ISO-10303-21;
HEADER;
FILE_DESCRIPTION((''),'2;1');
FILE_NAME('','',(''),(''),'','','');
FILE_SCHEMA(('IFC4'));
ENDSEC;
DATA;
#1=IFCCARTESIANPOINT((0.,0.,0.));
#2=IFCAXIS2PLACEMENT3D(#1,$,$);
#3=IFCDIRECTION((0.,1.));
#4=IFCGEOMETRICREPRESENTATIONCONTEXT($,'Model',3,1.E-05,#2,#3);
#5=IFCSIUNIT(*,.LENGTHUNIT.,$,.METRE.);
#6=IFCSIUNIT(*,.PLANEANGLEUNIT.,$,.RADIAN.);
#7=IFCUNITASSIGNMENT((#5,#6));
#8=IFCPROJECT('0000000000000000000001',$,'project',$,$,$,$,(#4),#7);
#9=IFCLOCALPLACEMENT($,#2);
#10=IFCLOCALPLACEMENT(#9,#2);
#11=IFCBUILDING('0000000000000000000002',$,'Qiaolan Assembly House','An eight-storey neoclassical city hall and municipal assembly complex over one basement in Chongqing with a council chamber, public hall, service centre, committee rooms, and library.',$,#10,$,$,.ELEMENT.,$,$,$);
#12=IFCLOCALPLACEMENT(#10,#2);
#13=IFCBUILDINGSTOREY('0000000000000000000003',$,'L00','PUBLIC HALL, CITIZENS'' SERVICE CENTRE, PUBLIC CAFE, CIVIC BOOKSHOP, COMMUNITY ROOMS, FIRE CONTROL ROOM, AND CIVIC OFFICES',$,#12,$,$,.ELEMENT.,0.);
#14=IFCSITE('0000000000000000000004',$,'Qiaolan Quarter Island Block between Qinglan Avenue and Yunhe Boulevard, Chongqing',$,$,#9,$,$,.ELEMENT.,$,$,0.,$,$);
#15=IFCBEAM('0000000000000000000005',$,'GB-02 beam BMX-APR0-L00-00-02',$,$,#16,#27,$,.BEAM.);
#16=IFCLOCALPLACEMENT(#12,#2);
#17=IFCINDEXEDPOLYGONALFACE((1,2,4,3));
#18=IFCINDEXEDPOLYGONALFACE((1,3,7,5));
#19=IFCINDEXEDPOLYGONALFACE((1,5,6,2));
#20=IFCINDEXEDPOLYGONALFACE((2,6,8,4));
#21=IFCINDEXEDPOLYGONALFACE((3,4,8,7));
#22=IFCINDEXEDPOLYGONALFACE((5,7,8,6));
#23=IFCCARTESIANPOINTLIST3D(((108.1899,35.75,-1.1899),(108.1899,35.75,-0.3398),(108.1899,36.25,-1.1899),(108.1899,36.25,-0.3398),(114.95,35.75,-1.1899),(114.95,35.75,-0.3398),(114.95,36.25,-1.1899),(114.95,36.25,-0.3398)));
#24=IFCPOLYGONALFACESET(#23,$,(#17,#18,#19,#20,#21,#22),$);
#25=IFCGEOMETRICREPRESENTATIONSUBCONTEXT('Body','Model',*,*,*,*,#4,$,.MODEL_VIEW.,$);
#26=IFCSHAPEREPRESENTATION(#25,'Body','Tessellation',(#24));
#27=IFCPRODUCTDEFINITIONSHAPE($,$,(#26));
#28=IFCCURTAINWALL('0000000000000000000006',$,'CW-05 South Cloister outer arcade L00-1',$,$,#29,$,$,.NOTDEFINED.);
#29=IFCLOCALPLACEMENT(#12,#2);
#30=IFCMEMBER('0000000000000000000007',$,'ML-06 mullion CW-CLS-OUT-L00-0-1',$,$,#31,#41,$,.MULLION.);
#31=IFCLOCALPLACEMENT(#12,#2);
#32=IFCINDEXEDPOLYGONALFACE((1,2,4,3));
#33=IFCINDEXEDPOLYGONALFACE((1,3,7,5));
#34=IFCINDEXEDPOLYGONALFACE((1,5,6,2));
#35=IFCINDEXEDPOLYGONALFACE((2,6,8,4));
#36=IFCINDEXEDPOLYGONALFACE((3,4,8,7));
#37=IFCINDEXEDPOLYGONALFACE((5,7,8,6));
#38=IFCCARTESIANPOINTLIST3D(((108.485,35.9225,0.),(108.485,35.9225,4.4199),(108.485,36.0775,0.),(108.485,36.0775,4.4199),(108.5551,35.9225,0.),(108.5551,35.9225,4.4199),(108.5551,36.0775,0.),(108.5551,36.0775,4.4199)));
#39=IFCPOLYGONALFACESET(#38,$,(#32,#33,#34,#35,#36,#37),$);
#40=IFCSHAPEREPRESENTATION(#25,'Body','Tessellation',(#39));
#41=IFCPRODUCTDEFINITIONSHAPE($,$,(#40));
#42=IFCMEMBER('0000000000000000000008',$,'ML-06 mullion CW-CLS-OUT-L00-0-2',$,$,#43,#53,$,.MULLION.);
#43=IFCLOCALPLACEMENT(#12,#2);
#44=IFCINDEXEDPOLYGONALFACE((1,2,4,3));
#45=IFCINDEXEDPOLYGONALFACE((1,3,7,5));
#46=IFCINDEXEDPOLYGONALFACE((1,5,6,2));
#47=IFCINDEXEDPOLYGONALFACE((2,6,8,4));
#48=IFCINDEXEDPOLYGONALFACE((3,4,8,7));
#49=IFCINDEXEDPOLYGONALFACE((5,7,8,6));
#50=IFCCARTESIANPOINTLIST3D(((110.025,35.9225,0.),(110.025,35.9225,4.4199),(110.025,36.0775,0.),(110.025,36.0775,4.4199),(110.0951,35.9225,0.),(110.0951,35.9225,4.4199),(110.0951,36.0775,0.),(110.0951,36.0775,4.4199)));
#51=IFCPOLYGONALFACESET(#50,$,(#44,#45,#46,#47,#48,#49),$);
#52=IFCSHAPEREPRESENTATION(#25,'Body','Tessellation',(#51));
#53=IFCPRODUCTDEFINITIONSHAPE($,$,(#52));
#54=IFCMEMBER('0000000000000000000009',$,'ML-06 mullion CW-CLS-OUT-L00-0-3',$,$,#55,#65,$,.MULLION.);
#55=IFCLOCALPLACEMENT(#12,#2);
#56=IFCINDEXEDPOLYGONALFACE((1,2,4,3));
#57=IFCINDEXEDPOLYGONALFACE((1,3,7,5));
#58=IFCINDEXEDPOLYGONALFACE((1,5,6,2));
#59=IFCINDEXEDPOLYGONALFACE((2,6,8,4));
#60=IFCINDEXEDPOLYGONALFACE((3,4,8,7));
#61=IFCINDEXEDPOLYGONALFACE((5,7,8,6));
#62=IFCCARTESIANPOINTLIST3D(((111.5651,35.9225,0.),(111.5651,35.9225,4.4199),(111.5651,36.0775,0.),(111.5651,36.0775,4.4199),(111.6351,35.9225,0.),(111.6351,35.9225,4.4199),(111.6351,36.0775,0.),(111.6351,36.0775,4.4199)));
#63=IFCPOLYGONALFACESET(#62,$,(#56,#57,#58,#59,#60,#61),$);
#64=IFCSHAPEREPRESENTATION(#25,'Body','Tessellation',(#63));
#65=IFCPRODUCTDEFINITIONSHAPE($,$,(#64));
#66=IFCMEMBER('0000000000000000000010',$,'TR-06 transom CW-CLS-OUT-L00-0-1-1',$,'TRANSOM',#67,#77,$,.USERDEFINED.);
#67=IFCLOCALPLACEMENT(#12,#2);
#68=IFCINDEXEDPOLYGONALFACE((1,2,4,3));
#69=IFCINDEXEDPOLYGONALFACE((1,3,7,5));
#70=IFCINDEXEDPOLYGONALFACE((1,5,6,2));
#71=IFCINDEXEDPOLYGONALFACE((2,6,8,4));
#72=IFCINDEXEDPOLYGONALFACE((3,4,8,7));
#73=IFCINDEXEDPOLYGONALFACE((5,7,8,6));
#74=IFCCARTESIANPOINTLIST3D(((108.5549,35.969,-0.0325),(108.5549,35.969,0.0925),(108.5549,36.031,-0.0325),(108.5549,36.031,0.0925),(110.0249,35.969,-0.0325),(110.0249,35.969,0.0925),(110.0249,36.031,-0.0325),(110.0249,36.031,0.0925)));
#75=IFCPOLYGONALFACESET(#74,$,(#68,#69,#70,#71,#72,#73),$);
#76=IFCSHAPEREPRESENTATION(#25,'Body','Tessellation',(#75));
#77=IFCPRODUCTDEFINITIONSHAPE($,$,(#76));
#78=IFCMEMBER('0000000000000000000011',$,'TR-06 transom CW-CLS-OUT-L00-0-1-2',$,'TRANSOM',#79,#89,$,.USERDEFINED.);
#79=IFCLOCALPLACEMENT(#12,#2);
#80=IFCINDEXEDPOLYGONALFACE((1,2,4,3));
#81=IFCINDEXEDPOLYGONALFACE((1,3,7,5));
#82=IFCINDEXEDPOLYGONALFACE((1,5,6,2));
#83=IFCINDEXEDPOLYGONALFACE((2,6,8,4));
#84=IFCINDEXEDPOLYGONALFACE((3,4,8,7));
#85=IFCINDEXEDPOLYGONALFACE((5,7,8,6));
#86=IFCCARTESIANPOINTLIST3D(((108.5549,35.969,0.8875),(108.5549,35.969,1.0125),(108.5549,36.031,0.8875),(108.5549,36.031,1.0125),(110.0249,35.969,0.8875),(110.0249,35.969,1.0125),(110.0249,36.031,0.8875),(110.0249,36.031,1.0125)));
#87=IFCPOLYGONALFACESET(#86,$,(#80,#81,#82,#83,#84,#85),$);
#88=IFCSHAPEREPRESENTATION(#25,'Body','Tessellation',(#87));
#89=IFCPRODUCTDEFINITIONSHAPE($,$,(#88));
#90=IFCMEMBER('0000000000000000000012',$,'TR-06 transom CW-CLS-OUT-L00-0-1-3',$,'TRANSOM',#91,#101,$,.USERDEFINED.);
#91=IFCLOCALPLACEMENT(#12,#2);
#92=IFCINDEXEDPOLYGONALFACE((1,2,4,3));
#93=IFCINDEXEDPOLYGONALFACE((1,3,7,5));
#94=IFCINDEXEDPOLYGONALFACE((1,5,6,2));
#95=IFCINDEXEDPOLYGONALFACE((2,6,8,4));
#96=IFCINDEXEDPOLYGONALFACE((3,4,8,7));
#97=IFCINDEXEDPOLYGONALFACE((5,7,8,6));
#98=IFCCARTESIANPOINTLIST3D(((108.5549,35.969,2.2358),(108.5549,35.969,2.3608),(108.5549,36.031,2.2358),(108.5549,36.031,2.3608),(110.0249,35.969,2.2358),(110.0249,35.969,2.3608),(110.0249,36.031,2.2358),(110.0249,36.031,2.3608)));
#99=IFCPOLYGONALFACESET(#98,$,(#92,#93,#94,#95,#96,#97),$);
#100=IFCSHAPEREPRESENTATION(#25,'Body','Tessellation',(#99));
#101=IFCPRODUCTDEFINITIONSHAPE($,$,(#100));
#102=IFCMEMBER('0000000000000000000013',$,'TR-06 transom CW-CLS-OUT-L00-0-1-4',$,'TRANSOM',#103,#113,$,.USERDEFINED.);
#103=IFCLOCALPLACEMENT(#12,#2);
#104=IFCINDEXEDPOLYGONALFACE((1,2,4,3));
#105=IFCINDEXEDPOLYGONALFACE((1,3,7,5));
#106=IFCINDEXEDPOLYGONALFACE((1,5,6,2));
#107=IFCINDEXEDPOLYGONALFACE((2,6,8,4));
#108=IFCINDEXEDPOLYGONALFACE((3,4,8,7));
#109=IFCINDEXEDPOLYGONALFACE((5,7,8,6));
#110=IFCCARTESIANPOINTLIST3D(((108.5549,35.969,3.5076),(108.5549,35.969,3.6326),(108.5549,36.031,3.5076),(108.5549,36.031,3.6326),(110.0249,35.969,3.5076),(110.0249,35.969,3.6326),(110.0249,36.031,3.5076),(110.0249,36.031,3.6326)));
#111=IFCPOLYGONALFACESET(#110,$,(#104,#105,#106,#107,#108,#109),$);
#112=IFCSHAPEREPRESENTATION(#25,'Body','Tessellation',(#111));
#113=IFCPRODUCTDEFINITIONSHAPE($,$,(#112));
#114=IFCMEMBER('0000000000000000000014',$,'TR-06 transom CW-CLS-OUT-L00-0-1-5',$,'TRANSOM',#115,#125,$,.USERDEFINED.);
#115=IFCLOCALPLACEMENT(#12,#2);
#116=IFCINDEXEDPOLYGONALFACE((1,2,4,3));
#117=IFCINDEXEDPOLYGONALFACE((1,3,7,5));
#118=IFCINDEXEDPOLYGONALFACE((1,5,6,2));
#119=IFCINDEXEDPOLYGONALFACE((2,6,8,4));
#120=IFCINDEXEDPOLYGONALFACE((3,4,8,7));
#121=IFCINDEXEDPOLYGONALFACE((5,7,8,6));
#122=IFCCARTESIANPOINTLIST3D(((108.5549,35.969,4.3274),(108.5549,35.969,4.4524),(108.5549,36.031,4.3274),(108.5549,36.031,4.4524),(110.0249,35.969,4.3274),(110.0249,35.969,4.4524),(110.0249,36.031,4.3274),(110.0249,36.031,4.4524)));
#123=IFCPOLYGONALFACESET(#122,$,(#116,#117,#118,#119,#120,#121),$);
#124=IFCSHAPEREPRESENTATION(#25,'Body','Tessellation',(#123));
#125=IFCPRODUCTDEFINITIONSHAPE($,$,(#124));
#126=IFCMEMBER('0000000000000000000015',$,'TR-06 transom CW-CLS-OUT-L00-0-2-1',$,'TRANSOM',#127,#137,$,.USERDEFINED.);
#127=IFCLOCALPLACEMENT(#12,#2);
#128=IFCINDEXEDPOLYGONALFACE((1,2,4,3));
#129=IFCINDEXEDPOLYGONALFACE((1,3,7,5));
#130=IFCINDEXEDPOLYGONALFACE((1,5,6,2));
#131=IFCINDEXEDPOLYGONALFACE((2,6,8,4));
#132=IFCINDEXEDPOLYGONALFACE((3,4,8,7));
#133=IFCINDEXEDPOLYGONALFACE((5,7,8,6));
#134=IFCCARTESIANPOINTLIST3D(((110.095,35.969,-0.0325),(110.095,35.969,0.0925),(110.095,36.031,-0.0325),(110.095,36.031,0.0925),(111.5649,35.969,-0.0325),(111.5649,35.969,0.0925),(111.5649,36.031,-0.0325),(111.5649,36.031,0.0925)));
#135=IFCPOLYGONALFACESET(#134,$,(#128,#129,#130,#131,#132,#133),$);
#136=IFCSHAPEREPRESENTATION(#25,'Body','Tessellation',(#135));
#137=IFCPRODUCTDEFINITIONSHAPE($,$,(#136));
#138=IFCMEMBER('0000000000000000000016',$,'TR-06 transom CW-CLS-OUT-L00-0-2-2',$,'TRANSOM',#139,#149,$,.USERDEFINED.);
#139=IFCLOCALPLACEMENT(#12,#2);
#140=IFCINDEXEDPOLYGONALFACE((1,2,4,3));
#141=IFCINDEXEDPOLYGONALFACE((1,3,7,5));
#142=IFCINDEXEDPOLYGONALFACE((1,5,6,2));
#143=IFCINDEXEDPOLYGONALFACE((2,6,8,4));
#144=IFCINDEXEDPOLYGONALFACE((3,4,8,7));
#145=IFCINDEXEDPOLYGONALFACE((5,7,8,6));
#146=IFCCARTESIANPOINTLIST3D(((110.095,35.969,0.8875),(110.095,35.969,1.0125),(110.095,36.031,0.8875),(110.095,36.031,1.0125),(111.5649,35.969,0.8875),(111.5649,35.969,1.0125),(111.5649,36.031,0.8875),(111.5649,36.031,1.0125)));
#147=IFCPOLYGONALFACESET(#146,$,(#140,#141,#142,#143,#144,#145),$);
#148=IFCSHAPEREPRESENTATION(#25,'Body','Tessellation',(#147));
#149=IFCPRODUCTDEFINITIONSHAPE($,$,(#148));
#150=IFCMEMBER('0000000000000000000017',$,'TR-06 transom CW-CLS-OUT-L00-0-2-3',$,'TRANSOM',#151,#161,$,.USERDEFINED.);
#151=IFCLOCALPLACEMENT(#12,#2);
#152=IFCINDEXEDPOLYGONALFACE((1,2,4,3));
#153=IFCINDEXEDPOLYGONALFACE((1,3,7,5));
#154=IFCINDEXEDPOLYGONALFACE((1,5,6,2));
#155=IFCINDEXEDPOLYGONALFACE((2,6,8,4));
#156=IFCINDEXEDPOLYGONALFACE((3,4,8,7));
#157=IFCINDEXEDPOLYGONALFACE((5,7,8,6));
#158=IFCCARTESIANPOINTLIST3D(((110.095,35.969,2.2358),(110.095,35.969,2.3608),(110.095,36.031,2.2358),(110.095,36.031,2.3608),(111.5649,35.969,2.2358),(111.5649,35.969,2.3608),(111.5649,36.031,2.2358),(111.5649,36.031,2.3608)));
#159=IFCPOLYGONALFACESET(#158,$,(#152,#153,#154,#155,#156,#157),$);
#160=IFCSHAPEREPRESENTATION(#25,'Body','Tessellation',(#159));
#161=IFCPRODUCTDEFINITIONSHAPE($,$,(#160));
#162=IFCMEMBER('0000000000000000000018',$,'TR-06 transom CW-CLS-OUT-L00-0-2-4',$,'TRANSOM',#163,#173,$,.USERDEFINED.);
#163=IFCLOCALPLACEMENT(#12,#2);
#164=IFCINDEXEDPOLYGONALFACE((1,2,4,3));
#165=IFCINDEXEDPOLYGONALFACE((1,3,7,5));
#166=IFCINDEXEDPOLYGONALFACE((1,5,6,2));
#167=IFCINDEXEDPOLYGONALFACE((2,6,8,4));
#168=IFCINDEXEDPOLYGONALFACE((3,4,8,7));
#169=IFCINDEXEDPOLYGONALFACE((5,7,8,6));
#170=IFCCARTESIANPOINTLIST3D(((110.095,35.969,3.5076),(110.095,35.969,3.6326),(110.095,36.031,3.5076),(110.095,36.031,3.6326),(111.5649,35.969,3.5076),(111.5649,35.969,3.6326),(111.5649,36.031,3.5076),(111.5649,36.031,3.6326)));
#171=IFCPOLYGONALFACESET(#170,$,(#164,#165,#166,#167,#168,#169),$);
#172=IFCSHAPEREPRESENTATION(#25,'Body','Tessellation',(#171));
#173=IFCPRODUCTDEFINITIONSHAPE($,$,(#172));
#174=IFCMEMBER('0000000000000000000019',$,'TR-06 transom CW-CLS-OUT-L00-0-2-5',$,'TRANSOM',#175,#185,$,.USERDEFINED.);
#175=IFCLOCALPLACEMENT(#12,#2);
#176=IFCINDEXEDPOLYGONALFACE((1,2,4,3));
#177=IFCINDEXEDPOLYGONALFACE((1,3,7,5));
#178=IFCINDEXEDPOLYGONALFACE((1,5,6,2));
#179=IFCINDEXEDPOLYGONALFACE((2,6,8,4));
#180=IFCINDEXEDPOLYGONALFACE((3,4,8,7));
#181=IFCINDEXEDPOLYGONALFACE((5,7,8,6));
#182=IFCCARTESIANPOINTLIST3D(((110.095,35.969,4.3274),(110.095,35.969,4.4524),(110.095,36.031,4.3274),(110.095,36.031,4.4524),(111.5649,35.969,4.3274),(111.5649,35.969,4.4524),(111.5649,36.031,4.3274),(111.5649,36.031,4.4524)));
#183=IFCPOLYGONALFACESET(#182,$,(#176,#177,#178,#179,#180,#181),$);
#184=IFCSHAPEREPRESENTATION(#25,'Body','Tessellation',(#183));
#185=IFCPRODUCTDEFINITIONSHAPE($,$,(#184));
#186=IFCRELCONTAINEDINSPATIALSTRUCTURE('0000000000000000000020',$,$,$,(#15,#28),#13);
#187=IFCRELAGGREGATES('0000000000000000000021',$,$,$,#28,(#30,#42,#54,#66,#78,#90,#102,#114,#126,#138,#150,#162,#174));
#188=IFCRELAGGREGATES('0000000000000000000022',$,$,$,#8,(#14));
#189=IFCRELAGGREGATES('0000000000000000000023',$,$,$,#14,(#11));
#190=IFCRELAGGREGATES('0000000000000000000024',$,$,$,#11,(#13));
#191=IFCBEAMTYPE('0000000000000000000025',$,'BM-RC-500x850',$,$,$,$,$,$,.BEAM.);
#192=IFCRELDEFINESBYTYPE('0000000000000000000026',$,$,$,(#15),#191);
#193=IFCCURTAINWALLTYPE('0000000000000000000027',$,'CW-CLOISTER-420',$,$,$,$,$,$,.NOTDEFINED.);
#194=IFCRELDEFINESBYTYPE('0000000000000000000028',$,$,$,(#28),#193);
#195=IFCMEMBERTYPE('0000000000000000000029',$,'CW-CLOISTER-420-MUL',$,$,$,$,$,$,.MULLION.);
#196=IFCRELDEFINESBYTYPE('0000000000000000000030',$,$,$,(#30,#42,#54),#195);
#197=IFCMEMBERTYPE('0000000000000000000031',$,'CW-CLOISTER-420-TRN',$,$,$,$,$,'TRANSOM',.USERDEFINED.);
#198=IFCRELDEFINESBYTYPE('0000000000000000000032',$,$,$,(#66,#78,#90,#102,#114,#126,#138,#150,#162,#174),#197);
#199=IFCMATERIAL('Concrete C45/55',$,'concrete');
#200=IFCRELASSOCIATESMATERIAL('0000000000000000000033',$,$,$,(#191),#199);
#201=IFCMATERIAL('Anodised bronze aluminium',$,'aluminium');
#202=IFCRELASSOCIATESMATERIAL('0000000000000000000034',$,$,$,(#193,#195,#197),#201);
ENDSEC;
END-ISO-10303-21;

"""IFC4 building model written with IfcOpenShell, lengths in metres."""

from ifc_helpers import new_model, si_unit, direction, frame, origin, origin_2d, place, context, subcontext, project, spatial, rectangle, extrude, material, material_profile, profile_set, type_object, element, aggregate, save


model = new_model("IFC4")

# Units and contexts
model_context = context("Model", 3, precision=1e-05, world=origin(), true_north=direction((0.0, 1.0)))
body_context = subcontext(model_context, "Body", "Model", "MODEL_VIEW")
ifc_project = project(units=[si_unit("LENGTHUNIT", "METRE"), si_unit("PLANEANGLEUNIT", "RADIAN")], contexts=[model_context])

# Site, building, storey
site_placement = place(None, origin())
site = spatial("IfcSite", under=ifc_project, at=site_placement, Name="Qiaolan Quarter Island Block between Qinglan Avenue and Yunhe Boulevard, Chongqing", CompositionType="ELEMENT", RefElevation=0.0)
building_placement = place(site_placement, origin())
building = spatial("IfcBuilding", under=site, at=building_placement, Name="Qiaolan Assembly House", Description="An eight-storey neoclassical city hall and municipal assembly complex over one basement in Chongqing with a council chamber, public hall, service centre, committee rooms, and library.", CompositionType="ELEMENT")
storey_placement = place(building_placement, origin())
storey = spatial("IfcBuildingStorey", under=building, at=storey_placement, Name="L00", Description="PUBLIC HALL, CITIZENS' SERVICE CENTRE, PUBLIC CAFE, CIVIC BOOKSHOP, COMMUNITY ROOMS, FIRE CONTROL ROOM, AND CIVIC OFFICES", CompositionType="ELEMENT", Elevation=0.0)

# Beam
ifc_material_1 = material(Name="Concrete C45/55", Category="concrete")
ifc_material_profile_1 = material_profile(ifc_material_1, rectangle(XDim=0.5, YDim=0.8501, at=origin_2d()), Name="RCB 500x850")
ifc_profile_set_1 = profile_set([ifc_material_profile_1], Name="Concrete C45/55")
beam_type = type_object("IfcBeamType", Name="BM-RC-500x850", PredefinedType="BEAM", material=ifc_profile_set_1)
beam_placement = place(storey_placement, frame((108.1899, 36.0, -0.7649), z_axis=(1.0, 0.0, 0.0), x_axis=(0.0, 1.0, 0.0)))
element("IfcBeam", 1, at=beam_placement, inside=storey, type_object=beam_type, Name="GB-02 beam BMX-APR0-L00-00-02", PredefinedType="BEAM", context=body_context, shape_type="SweptSolid", body=[
    extrude(rectangle(XDim=0.5, YDim=0.8501, at=origin_2d()), origin(), (0.0, 0.0, 1.0), 6.76),
])

# Curtain wall, members
ifc_material_2 = material(Name="Anodised bronze aluminium", Category="aluminium")
curtain_wall_type = type_object("IfcCurtainWallType", Name="CW-CLOISTER-420", PredefinedType="NOTDEFINED", material=ifc_material_2)
curtain_wall_placement = place(storey_placement, origin())
curtain_wall = element("IfcCurtainWall", 2, at=curtain_wall_placement, inside=storey, type_object=curtain_wall_type, Name="CW-05 South Cloister outer arcade L00-1", PredefinedType="NOTDEFINED")
ifc_material_profile_2 = material_profile(ifc_material_2, rectangle(XDim=0.0701, YDim=0.155, at=origin_2d()), Name="MUL 70x155")
ifc_profile_set_2 = profile_set([ifc_material_profile_2], Name="Anodised bronze aluminium")
member_type_1 = type_object("IfcMemberType", Name="CW-CLOISTER-420-MUL", PredefinedType="MULLION", material=ifc_profile_set_2)
member_1_placement = place(storey_placement, frame((108.52, 36.0, 0.0), z_axis=(0.0, 0.0, 1.0), x_axis=(1.0, 0.0, 0.0)))
member_1 = element("IfcMember", 3, at=member_1_placement, type_object=member_type_1, Name="ML-06 mullion CW-CLS-OUT-L00-0-1", PredefinedType="MULLION", context=body_context, shape_type="SweptSolid", body=[
    extrude(rectangle(XDim=0.0701, YDim=0.155, at=origin_2d()), origin(), (0.0, 0.0, 1.0), 4.4199),
])
member_2_placement = place(storey_placement, frame((110.0601, 36.0, 0.0), z_axis=(0.0, 0.0, 1.0), x_axis=(1.0, 0.0, 0.0)))
member_2 = element("IfcMember", 4, at=member_2_placement, type_object=member_type_1, Name="ML-06 mullion CW-CLS-OUT-L00-0-2", PredefinedType="MULLION", context=body_context, shape_type="SweptSolid", body=[
    extrude(rectangle(XDim=0.0701, YDim=0.155, at=origin_2d()), origin(), (0.0, 0.0, 1.0), 4.4199),
])
member_3_placement = place(storey_placement, frame((111.6001, 36.0, 0.0), z_axis=(0.0, 0.0, 1.0), x_axis=(1.0, 0.0, 0.0)))
member_3 = element("IfcMember", 5, at=member_3_placement, type_object=member_type_1, Name="ML-06 mullion CW-CLS-OUT-L00-0-3", PredefinedType="MULLION", context=body_context, shape_type="SweptSolid", body=[
    extrude(rectangle(XDim=0.0701, YDim=0.155, at=origin_2d()), origin(), (0.0, 0.0, 1.0), 4.4199),
])
ifc_material_profile_3 = material_profile(ifc_material_2, rectangle(XDim=0.062, YDim=0.125, at=origin_2d()), Name="TRN 62x125")
ifc_profile_set_3 = profile_set([ifc_material_profile_3], Name="Anodised bronze aluminium")
member_type_2 = type_object("IfcMemberType", Name="CW-CLOISTER-420-TRN", ElementType="TRANSOM", PredefinedType="USERDEFINED", material=ifc_profile_set_3)
member_4_placement = place(storey_placement, frame((108.5549, 36.0, 0.03), z_axis=(1.0, 0.0, 0.0), x_axis=(0.0, 1.0, 0.0)))
member_4 = element("IfcMember", 6, at=member_4_placement, type_object=member_type_2, Name="TR-06 transom CW-CLS-OUT-L00-0-1-1", ObjectType="TRANSOM", PredefinedType="USERDEFINED", context=body_context, shape_type="SweptSolid", body=[
    extrude(rectangle(XDim=0.062, YDim=0.125, at=origin_2d()), origin(), (0.0, 0.0, 1.0), 1.47),
])
member_5_placement = place(storey_placement, frame((108.5549, 36.0, 0.95), z_axis=(1.0, 0.0, 0.0), x_axis=(0.0, 1.0, 0.0)))
member_5 = element("IfcMember", 7, at=member_5_placement, type_object=member_type_2, Name="TR-06 transom CW-CLS-OUT-L00-0-1-2", ObjectType="TRANSOM", PredefinedType="USERDEFINED", context=body_context, shape_type="SweptSolid", body=[
    extrude(rectangle(XDim=0.062, YDim=0.125, at=origin_2d()), origin(), (0.0, 0.0, 1.0), 1.47),
])
member_6_placement = place(storey_placement, frame((108.5549, 36.0, 2.2983), z_axis=(1.0, 0.0, 0.0), x_axis=(0.0, 1.0, 0.0)))
member_6 = element("IfcMember", 8, at=member_6_placement, type_object=member_type_2, Name="TR-06 transom CW-CLS-OUT-L00-0-1-3", ObjectType="TRANSOM", PredefinedType="USERDEFINED", context=body_context, shape_type="SweptSolid", body=[
    extrude(rectangle(XDim=0.062, YDim=0.125, at=origin_2d()), origin(), (0.0, 0.0, 1.0), 1.47),
])
member_7_placement = place(storey_placement, frame((108.5549, 36.0, 3.5701), z_axis=(1.0, 0.0, 0.0), x_axis=(0.0, 1.0, 0.0)))
member_7 = element("IfcMember", 9, at=member_7_placement, type_object=member_type_2, Name="TR-06 transom CW-CLS-OUT-L00-0-1-4", ObjectType="TRANSOM", PredefinedType="USERDEFINED", context=body_context, shape_type="SweptSolid", body=[
    extrude(rectangle(XDim=0.062, YDim=0.125, at=origin_2d()), origin(), (0.0, 0.0, 1.0), 1.47),
])
member_8_placement = place(storey_placement, frame((108.5549, 36.0, 4.3899), z_axis=(1.0, 0.0, 0.0), x_axis=(0.0, 1.0, 0.0)))
member_8 = element("IfcMember", 10, at=member_8_placement, type_object=member_type_2, Name="TR-06 transom CW-CLS-OUT-L00-0-1-5", ObjectType="TRANSOM", PredefinedType="USERDEFINED", context=body_context, shape_type="SweptSolid", body=[
    extrude(rectangle(XDim=0.062, YDim=0.125, at=origin_2d()), origin(), (0.0, 0.0, 1.0), 1.47),
])
member_9_placement = place(storey_placement, frame((110.095, 36.0, 0.03), z_axis=(1.0, 0.0, 0.0), x_axis=(0.0, 1.0, 0.0)))
member_9 = element("IfcMember", 11, at=member_9_placement, type_object=member_type_2, Name="TR-06 transom CW-CLS-OUT-L00-0-2-1", ObjectType="TRANSOM", PredefinedType="USERDEFINED", context=body_context, shape_type="SweptSolid", body=[
    extrude(rectangle(XDim=0.062, YDim=0.125, at=origin_2d()), origin(), (0.0, 0.0, 1.0), 1.47),
])
member_10_placement = place(storey_placement, frame((110.095, 36.0, 0.95), z_axis=(1.0, 0.0, 0.0), x_axis=(0.0, 1.0, 0.0)))
member_10 = element("IfcMember", 12, at=member_10_placement, type_object=member_type_2, Name="TR-06 transom CW-CLS-OUT-L00-0-2-2", ObjectType="TRANSOM", PredefinedType="USERDEFINED", context=body_context, shape_type="SweptSolid", body=[
    extrude(rectangle(XDim=0.062, YDim=0.125, at=origin_2d()), origin(), (0.0, 0.0, 1.0), 1.47),
])
member_11_placement = place(storey_placement, frame((110.095, 36.0, 2.2983), z_axis=(1.0, 0.0, 0.0), x_axis=(0.0, 1.0, 0.0)))
member_11 = element("IfcMember", 13, at=member_11_placement, type_object=member_type_2, Name="TR-06 transom CW-CLS-OUT-L00-0-2-3", ObjectType="TRANSOM", PredefinedType="USERDEFINED", context=body_context, shape_type="SweptSolid", body=[
    extrude(rectangle(XDim=0.062, YDim=0.125, at=origin_2d()), origin(), (0.0, 0.0, 1.0), 1.47),
])
member_12_placement = place(storey_placement, frame((110.095, 36.0, 3.5701), z_axis=(1.0, 0.0, 0.0), x_axis=(0.0, 1.0, 0.0)))
member_12 = element("IfcMember", 14, at=member_12_placement, type_object=member_type_2, Name="TR-06 transom CW-CLS-OUT-L00-0-2-4", ObjectType="TRANSOM", PredefinedType="USERDEFINED", context=body_context, shape_type="SweptSolid", body=[
    extrude(rectangle(XDim=0.062, YDim=0.125, at=origin_2d()), origin(), (0.0, 0.0, 1.0), 1.47),
])
member_13_placement = place(storey_placement, frame((110.095, 36.0, 4.3899), z_axis=(1.0, 0.0, 0.0), x_axis=(0.0, 1.0, 0.0)))
member_13 = element("IfcMember", 15, at=member_13_placement, type_object=member_type_2, Name="TR-06 transom CW-CLS-OUT-L00-0-2-5", ObjectType="TRANSOM", PredefinedType="USERDEFINED", context=body_context, shape_type="SweptSolid", body=[
    extrude(rectangle(XDim=0.062, YDim=0.125, at=origin_2d()), origin(), (0.0, 0.0, 1.0), 1.47),
])
aggregate(curtain_wall, [member_1, member_2, member_3, member_4, member_5, member_6, member_7, member_8, member_9, member_10, member_11, member_12, member_13])

save(model, "model.ifc")
